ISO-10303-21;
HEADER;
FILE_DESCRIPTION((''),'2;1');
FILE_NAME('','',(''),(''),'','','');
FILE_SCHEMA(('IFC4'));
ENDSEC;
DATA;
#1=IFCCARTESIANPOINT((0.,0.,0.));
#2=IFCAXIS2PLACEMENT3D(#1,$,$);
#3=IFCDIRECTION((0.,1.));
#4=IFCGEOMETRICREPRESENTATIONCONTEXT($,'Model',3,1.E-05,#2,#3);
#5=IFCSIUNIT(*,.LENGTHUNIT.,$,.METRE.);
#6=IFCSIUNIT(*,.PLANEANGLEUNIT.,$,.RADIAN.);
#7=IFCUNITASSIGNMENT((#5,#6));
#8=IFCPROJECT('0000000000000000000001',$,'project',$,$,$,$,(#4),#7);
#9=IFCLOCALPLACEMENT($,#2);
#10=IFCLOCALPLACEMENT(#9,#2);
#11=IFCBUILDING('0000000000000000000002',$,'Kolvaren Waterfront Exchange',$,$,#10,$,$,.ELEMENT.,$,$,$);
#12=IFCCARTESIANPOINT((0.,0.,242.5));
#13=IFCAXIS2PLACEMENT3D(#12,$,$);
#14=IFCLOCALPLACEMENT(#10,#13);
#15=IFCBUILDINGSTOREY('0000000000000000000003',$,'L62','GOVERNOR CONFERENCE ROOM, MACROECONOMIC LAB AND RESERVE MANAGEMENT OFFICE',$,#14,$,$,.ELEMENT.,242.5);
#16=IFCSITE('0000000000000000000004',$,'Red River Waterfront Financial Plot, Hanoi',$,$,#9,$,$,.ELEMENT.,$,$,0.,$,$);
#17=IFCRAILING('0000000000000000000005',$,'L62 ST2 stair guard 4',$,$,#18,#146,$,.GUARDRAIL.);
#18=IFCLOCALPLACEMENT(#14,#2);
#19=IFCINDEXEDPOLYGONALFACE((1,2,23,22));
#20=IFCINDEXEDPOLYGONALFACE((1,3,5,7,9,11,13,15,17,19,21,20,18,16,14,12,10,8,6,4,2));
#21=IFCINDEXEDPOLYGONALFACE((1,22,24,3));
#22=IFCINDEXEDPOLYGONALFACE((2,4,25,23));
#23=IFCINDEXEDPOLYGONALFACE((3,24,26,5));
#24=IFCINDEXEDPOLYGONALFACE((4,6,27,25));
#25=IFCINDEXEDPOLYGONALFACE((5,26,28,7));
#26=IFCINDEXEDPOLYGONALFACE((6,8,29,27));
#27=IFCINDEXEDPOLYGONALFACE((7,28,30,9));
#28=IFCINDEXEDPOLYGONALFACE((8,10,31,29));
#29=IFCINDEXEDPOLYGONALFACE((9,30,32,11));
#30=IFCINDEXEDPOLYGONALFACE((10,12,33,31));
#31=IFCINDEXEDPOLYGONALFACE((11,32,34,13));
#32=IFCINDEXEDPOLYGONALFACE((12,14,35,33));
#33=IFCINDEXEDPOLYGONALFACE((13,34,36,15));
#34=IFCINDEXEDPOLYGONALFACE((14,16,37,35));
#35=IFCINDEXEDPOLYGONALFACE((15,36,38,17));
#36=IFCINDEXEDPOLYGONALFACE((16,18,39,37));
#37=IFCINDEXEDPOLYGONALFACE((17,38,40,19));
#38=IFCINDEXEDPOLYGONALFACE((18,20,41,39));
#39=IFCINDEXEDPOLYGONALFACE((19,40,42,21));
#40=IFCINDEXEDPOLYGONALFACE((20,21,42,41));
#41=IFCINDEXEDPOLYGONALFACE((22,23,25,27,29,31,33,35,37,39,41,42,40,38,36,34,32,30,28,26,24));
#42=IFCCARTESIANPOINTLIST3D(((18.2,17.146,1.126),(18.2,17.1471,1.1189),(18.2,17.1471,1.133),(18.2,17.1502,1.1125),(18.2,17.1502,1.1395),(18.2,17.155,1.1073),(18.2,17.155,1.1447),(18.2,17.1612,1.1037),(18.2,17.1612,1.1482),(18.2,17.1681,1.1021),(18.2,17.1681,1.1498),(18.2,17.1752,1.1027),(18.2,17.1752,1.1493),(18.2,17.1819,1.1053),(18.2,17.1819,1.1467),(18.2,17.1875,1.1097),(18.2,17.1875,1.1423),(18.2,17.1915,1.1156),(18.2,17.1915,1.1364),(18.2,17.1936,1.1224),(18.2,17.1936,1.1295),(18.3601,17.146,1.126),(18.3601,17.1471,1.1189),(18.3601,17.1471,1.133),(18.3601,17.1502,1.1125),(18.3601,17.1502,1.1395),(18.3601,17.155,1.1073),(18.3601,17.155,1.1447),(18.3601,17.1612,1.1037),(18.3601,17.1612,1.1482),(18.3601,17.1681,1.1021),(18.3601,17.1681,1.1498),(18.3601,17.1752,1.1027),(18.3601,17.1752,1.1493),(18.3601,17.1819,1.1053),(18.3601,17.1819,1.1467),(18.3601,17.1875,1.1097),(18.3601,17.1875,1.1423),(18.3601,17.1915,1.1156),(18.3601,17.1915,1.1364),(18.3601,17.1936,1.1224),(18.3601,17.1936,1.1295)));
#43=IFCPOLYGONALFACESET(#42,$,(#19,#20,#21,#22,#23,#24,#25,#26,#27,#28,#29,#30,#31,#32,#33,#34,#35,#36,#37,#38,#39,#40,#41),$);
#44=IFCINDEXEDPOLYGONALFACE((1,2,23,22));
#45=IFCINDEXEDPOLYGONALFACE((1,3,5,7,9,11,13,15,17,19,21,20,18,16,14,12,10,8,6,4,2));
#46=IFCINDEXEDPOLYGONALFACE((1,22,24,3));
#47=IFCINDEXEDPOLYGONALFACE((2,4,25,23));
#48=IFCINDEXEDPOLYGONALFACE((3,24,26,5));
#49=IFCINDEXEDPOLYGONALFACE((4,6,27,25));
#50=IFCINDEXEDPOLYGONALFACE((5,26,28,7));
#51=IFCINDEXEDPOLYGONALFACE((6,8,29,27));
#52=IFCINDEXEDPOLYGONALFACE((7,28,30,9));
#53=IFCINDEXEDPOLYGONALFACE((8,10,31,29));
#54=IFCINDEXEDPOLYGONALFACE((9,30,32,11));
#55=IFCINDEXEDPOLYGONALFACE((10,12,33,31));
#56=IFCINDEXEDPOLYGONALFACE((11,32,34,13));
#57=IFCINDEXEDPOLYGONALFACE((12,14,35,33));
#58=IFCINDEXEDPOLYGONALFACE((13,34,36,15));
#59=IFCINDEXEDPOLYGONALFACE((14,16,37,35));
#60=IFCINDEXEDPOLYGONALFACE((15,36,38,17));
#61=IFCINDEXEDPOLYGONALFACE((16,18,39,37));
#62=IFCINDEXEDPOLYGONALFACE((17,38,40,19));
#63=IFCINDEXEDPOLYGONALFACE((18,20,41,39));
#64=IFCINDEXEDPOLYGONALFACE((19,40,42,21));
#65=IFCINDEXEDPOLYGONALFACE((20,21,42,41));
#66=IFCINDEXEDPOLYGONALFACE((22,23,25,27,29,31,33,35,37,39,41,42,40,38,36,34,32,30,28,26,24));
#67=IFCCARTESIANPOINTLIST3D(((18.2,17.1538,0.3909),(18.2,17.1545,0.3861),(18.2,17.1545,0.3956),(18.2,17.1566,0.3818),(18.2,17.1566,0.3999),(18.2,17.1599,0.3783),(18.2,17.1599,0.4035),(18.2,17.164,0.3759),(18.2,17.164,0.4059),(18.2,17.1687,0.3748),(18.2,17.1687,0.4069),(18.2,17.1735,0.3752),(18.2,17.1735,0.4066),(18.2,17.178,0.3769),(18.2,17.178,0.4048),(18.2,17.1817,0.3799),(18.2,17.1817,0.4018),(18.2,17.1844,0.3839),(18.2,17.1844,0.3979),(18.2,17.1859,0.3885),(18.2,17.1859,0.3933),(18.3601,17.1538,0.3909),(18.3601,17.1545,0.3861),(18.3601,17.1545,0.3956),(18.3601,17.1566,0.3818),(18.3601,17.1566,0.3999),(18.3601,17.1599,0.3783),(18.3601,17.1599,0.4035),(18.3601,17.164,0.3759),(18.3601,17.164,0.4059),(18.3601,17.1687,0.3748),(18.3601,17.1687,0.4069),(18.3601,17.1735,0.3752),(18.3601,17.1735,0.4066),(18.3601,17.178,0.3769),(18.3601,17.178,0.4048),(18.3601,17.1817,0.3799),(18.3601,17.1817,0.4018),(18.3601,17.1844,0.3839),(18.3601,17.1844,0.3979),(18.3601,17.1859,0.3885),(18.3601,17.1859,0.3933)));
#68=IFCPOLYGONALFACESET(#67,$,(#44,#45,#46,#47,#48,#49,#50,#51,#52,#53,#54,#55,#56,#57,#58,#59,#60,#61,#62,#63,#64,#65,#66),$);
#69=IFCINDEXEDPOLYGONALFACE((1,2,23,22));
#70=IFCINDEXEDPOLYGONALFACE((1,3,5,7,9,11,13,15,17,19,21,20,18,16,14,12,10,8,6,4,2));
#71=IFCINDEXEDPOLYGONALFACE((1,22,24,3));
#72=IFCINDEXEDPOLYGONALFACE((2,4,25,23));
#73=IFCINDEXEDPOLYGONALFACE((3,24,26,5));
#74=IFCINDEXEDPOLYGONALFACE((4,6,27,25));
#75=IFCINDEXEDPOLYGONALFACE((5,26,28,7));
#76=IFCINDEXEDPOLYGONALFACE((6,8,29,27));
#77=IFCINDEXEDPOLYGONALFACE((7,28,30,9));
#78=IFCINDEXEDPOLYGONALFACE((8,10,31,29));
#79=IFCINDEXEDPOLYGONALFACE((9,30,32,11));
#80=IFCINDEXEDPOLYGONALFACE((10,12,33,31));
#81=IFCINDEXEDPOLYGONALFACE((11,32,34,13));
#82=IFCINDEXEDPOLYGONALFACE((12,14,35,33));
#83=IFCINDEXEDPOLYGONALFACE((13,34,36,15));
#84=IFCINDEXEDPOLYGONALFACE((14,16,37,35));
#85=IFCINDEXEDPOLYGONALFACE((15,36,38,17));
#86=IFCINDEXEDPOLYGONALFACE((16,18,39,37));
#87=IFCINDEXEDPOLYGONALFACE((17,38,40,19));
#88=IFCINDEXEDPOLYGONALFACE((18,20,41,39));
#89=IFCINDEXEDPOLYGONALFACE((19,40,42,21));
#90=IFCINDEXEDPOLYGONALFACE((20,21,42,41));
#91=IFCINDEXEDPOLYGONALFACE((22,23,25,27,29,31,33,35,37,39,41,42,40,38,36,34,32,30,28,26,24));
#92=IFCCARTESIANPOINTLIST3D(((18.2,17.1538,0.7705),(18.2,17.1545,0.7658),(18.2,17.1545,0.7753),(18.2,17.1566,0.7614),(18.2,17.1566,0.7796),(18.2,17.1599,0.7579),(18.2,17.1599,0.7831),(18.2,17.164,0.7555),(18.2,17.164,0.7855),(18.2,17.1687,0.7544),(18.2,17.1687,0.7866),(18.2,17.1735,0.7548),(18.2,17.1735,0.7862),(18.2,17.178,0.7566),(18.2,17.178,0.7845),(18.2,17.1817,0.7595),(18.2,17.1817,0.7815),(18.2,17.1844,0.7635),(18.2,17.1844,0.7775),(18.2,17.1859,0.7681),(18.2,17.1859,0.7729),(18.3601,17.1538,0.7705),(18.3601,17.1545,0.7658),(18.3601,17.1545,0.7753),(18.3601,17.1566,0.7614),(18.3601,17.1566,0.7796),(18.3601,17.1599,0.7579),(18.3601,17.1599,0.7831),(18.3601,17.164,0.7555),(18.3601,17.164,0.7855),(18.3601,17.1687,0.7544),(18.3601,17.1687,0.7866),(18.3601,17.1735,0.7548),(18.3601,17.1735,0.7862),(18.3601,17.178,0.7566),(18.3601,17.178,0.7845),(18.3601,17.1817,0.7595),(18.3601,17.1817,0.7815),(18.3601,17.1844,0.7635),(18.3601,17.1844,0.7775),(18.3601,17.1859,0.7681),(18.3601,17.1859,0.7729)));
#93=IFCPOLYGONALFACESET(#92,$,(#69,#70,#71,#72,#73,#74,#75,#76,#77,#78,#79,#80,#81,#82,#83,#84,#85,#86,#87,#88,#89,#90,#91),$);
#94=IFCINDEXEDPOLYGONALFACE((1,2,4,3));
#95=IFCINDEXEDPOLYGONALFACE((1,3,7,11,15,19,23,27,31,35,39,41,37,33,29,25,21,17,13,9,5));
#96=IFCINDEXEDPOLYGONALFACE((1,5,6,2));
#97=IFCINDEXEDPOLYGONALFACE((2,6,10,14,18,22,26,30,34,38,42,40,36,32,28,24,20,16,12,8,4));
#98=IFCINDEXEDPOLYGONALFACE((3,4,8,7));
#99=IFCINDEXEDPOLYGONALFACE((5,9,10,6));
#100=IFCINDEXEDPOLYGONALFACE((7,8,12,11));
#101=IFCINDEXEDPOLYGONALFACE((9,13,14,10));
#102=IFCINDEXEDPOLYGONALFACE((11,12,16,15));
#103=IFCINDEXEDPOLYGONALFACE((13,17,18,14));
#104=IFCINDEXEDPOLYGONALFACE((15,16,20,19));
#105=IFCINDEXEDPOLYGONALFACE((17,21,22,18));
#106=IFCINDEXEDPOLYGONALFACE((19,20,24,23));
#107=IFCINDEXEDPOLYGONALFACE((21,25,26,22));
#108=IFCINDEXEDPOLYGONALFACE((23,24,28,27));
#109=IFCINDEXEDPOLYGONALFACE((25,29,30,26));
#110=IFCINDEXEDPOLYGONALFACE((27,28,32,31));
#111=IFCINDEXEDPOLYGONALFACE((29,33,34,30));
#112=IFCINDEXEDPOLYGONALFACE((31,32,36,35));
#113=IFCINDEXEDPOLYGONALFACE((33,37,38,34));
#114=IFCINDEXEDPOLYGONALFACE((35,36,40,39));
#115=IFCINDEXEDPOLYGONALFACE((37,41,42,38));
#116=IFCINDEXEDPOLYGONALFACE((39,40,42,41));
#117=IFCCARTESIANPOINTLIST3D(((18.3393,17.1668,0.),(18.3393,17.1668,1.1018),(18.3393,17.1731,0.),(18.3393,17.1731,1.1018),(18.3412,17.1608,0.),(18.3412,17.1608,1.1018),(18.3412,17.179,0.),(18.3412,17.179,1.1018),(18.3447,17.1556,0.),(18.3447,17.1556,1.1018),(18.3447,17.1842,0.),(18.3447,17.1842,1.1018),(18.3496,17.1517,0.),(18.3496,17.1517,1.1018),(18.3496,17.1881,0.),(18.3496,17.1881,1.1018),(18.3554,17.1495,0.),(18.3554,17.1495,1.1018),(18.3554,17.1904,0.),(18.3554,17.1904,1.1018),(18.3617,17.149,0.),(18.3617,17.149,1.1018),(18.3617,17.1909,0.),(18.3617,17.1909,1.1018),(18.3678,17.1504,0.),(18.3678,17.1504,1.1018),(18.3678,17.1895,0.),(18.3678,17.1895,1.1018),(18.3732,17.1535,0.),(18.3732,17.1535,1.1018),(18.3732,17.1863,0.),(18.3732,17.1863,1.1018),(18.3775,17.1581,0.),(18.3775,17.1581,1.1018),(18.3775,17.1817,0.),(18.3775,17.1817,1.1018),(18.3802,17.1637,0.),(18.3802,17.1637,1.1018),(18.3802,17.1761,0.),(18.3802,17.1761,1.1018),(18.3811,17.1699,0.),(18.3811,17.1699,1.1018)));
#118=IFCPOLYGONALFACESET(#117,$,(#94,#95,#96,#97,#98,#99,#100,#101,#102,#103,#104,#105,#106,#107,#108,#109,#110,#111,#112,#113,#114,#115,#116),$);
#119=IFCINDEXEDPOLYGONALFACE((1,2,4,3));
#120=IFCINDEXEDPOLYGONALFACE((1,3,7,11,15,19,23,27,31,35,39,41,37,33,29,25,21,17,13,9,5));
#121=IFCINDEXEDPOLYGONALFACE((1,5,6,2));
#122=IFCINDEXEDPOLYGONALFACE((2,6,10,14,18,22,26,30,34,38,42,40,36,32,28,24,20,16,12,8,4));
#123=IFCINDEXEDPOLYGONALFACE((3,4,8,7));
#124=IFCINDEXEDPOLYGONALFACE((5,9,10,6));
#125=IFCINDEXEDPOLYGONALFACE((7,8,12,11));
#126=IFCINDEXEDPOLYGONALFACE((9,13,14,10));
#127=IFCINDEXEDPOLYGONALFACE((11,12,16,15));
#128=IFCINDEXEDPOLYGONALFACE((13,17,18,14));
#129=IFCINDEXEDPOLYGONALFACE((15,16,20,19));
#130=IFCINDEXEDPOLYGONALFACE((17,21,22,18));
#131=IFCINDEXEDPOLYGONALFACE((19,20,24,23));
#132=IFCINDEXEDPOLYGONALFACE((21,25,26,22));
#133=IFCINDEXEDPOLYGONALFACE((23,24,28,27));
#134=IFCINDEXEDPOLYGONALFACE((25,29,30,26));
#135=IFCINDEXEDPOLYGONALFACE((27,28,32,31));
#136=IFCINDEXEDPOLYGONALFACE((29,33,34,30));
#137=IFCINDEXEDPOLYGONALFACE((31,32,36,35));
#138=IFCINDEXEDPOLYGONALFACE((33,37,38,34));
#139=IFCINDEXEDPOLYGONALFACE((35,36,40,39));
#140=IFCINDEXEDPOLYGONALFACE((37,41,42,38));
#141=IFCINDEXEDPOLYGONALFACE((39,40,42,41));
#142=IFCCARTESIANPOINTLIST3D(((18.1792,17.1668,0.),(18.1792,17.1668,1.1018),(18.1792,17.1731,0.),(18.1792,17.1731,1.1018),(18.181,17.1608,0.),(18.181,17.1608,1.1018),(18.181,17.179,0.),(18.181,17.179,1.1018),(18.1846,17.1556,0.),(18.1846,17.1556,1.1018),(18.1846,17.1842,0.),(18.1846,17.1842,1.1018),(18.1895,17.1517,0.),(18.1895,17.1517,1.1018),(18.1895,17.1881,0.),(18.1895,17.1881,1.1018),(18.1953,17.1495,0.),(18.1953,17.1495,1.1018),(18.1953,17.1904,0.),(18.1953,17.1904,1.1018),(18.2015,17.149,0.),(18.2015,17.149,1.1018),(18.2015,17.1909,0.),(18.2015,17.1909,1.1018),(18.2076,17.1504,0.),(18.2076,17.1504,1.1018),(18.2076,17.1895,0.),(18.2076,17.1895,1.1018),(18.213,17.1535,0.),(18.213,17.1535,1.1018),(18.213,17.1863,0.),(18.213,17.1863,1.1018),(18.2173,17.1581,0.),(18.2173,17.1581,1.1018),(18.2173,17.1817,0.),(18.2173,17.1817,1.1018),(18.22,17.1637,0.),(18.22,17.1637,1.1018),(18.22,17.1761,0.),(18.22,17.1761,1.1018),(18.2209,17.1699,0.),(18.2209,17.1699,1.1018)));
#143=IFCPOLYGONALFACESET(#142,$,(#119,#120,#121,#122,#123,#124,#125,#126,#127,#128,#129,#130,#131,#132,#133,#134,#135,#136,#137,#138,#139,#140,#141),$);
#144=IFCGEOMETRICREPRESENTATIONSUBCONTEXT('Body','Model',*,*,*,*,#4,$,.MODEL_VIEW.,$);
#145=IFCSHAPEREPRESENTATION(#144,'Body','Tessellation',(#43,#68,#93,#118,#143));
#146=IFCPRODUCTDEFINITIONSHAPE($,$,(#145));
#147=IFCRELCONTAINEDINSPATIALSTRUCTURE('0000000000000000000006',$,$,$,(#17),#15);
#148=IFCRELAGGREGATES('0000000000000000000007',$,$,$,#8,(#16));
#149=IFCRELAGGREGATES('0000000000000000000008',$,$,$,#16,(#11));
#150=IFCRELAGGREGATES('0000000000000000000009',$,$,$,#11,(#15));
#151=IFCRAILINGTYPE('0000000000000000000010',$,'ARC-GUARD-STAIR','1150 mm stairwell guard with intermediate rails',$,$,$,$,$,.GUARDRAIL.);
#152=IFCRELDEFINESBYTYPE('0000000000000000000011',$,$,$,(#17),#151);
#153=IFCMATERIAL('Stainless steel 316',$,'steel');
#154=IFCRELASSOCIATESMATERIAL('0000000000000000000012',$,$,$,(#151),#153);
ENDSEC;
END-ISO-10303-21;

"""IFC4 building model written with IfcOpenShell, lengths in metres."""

from ifc_helpers import new_model, si_unit, direction, frame, origin, origin_2d, place, context, subcontext, project, spatial, circle, extrude, material, type_object, element, save


model = new_model("IFC4")

# Units and contexts
model_context = context("Model", 3, precision=1e-05, world=origin(), true_north=direction((0.0, 1.0)))
body_context = subcontext(model_context, "Body", "Model", "MODEL_VIEW")
ifc_project = project(units=[si_unit("LENGTHUNIT", "METRE"), si_unit("PLANEANGLEUNIT", "RADIAN")], contexts=[model_context])

# Site, building, storey
site_placement = place(None, origin())
site = spatial("IfcSite", under=ifc_project, at=site_placement, Name="Red River Waterfront Financial Plot, Hanoi", CompositionType="ELEMENT", RefElevation=0.0)
building_placement = place(site_placement, origin())
building = spatial("IfcBuilding", under=site, at=building_placement, Name="Kolvaren Waterfront Exchange", CompositionType="ELEMENT")
storey_placement = place(building_placement, frame((0.0, 0.0, 242.5)))
storey = spatial("IfcBuildingStorey", under=building, at=storey_placement, Name="L62", Description="GOVERNOR CONFERENCE ROOM, MACROECONOMIC LAB AND RESERVE MANAGEMENT OFFICE", CompositionType="ELEMENT", Elevation=242.5)

# Railing
ifc_material_1 = material(Name="Stainless steel 316", Category="steel")
railing_type_1 = type_object("IfcRailingType", Name="ARC-GUARD-STAIR", Description="1150 mm stairwell guard with intermediate rails", PredefinedType="GUARDRAIL", material=ifc_material_1)
railing_1_placement = place(storey_placement, frame((18.3601, 17.1699, 0.0)))
element("IfcRailing", 1, at=railing_1_placement, inside=storey, type_object=railing_type_1, Name="L62 ST2 stair guard 4", PredefinedType="GUARDRAIL", context=body_context, shape_type="SweptSolid", body=[
    extrude(circle(Radius=0.0239, at=origin_2d()), frame((0.0, 0.0, 1.126), z_axis=(-1.0, 0.0, 0.0), x_axis=(0.0, -1.0, 0.0)), (0.0, 0.0, 1.0), 0.1602),
    extrude(circle(Radius=0.0161, at=origin_2d()), frame((0.0, 0.0, 0.3909), z_axis=(-1.0, 0.0, 0.0), x_axis=(0.0, -1.0, 0.0)), (0.0, 0.0, 1.0), 0.1602),
    extrude(circle(Radius=0.0161, at=origin_2d()), frame((0.0, 0.0, 0.7705), z_axis=(-1.0, 0.0, 0.0), x_axis=(0.0, -1.0, 0.0)), (0.0, 0.0, 1.0), 0.1602),
    extrude(circle(Radius=0.021, at=origin_2d()), origin(), (0.0, 0.0, 1.0), 1.1018),
    extrude(circle(Radius=0.021, at=origin_2d()), frame((-0.1602, 0.0, 0.0)), (0.0, 0.0, 1.0), 1.1018),
])

save(model, "model.ifc")
